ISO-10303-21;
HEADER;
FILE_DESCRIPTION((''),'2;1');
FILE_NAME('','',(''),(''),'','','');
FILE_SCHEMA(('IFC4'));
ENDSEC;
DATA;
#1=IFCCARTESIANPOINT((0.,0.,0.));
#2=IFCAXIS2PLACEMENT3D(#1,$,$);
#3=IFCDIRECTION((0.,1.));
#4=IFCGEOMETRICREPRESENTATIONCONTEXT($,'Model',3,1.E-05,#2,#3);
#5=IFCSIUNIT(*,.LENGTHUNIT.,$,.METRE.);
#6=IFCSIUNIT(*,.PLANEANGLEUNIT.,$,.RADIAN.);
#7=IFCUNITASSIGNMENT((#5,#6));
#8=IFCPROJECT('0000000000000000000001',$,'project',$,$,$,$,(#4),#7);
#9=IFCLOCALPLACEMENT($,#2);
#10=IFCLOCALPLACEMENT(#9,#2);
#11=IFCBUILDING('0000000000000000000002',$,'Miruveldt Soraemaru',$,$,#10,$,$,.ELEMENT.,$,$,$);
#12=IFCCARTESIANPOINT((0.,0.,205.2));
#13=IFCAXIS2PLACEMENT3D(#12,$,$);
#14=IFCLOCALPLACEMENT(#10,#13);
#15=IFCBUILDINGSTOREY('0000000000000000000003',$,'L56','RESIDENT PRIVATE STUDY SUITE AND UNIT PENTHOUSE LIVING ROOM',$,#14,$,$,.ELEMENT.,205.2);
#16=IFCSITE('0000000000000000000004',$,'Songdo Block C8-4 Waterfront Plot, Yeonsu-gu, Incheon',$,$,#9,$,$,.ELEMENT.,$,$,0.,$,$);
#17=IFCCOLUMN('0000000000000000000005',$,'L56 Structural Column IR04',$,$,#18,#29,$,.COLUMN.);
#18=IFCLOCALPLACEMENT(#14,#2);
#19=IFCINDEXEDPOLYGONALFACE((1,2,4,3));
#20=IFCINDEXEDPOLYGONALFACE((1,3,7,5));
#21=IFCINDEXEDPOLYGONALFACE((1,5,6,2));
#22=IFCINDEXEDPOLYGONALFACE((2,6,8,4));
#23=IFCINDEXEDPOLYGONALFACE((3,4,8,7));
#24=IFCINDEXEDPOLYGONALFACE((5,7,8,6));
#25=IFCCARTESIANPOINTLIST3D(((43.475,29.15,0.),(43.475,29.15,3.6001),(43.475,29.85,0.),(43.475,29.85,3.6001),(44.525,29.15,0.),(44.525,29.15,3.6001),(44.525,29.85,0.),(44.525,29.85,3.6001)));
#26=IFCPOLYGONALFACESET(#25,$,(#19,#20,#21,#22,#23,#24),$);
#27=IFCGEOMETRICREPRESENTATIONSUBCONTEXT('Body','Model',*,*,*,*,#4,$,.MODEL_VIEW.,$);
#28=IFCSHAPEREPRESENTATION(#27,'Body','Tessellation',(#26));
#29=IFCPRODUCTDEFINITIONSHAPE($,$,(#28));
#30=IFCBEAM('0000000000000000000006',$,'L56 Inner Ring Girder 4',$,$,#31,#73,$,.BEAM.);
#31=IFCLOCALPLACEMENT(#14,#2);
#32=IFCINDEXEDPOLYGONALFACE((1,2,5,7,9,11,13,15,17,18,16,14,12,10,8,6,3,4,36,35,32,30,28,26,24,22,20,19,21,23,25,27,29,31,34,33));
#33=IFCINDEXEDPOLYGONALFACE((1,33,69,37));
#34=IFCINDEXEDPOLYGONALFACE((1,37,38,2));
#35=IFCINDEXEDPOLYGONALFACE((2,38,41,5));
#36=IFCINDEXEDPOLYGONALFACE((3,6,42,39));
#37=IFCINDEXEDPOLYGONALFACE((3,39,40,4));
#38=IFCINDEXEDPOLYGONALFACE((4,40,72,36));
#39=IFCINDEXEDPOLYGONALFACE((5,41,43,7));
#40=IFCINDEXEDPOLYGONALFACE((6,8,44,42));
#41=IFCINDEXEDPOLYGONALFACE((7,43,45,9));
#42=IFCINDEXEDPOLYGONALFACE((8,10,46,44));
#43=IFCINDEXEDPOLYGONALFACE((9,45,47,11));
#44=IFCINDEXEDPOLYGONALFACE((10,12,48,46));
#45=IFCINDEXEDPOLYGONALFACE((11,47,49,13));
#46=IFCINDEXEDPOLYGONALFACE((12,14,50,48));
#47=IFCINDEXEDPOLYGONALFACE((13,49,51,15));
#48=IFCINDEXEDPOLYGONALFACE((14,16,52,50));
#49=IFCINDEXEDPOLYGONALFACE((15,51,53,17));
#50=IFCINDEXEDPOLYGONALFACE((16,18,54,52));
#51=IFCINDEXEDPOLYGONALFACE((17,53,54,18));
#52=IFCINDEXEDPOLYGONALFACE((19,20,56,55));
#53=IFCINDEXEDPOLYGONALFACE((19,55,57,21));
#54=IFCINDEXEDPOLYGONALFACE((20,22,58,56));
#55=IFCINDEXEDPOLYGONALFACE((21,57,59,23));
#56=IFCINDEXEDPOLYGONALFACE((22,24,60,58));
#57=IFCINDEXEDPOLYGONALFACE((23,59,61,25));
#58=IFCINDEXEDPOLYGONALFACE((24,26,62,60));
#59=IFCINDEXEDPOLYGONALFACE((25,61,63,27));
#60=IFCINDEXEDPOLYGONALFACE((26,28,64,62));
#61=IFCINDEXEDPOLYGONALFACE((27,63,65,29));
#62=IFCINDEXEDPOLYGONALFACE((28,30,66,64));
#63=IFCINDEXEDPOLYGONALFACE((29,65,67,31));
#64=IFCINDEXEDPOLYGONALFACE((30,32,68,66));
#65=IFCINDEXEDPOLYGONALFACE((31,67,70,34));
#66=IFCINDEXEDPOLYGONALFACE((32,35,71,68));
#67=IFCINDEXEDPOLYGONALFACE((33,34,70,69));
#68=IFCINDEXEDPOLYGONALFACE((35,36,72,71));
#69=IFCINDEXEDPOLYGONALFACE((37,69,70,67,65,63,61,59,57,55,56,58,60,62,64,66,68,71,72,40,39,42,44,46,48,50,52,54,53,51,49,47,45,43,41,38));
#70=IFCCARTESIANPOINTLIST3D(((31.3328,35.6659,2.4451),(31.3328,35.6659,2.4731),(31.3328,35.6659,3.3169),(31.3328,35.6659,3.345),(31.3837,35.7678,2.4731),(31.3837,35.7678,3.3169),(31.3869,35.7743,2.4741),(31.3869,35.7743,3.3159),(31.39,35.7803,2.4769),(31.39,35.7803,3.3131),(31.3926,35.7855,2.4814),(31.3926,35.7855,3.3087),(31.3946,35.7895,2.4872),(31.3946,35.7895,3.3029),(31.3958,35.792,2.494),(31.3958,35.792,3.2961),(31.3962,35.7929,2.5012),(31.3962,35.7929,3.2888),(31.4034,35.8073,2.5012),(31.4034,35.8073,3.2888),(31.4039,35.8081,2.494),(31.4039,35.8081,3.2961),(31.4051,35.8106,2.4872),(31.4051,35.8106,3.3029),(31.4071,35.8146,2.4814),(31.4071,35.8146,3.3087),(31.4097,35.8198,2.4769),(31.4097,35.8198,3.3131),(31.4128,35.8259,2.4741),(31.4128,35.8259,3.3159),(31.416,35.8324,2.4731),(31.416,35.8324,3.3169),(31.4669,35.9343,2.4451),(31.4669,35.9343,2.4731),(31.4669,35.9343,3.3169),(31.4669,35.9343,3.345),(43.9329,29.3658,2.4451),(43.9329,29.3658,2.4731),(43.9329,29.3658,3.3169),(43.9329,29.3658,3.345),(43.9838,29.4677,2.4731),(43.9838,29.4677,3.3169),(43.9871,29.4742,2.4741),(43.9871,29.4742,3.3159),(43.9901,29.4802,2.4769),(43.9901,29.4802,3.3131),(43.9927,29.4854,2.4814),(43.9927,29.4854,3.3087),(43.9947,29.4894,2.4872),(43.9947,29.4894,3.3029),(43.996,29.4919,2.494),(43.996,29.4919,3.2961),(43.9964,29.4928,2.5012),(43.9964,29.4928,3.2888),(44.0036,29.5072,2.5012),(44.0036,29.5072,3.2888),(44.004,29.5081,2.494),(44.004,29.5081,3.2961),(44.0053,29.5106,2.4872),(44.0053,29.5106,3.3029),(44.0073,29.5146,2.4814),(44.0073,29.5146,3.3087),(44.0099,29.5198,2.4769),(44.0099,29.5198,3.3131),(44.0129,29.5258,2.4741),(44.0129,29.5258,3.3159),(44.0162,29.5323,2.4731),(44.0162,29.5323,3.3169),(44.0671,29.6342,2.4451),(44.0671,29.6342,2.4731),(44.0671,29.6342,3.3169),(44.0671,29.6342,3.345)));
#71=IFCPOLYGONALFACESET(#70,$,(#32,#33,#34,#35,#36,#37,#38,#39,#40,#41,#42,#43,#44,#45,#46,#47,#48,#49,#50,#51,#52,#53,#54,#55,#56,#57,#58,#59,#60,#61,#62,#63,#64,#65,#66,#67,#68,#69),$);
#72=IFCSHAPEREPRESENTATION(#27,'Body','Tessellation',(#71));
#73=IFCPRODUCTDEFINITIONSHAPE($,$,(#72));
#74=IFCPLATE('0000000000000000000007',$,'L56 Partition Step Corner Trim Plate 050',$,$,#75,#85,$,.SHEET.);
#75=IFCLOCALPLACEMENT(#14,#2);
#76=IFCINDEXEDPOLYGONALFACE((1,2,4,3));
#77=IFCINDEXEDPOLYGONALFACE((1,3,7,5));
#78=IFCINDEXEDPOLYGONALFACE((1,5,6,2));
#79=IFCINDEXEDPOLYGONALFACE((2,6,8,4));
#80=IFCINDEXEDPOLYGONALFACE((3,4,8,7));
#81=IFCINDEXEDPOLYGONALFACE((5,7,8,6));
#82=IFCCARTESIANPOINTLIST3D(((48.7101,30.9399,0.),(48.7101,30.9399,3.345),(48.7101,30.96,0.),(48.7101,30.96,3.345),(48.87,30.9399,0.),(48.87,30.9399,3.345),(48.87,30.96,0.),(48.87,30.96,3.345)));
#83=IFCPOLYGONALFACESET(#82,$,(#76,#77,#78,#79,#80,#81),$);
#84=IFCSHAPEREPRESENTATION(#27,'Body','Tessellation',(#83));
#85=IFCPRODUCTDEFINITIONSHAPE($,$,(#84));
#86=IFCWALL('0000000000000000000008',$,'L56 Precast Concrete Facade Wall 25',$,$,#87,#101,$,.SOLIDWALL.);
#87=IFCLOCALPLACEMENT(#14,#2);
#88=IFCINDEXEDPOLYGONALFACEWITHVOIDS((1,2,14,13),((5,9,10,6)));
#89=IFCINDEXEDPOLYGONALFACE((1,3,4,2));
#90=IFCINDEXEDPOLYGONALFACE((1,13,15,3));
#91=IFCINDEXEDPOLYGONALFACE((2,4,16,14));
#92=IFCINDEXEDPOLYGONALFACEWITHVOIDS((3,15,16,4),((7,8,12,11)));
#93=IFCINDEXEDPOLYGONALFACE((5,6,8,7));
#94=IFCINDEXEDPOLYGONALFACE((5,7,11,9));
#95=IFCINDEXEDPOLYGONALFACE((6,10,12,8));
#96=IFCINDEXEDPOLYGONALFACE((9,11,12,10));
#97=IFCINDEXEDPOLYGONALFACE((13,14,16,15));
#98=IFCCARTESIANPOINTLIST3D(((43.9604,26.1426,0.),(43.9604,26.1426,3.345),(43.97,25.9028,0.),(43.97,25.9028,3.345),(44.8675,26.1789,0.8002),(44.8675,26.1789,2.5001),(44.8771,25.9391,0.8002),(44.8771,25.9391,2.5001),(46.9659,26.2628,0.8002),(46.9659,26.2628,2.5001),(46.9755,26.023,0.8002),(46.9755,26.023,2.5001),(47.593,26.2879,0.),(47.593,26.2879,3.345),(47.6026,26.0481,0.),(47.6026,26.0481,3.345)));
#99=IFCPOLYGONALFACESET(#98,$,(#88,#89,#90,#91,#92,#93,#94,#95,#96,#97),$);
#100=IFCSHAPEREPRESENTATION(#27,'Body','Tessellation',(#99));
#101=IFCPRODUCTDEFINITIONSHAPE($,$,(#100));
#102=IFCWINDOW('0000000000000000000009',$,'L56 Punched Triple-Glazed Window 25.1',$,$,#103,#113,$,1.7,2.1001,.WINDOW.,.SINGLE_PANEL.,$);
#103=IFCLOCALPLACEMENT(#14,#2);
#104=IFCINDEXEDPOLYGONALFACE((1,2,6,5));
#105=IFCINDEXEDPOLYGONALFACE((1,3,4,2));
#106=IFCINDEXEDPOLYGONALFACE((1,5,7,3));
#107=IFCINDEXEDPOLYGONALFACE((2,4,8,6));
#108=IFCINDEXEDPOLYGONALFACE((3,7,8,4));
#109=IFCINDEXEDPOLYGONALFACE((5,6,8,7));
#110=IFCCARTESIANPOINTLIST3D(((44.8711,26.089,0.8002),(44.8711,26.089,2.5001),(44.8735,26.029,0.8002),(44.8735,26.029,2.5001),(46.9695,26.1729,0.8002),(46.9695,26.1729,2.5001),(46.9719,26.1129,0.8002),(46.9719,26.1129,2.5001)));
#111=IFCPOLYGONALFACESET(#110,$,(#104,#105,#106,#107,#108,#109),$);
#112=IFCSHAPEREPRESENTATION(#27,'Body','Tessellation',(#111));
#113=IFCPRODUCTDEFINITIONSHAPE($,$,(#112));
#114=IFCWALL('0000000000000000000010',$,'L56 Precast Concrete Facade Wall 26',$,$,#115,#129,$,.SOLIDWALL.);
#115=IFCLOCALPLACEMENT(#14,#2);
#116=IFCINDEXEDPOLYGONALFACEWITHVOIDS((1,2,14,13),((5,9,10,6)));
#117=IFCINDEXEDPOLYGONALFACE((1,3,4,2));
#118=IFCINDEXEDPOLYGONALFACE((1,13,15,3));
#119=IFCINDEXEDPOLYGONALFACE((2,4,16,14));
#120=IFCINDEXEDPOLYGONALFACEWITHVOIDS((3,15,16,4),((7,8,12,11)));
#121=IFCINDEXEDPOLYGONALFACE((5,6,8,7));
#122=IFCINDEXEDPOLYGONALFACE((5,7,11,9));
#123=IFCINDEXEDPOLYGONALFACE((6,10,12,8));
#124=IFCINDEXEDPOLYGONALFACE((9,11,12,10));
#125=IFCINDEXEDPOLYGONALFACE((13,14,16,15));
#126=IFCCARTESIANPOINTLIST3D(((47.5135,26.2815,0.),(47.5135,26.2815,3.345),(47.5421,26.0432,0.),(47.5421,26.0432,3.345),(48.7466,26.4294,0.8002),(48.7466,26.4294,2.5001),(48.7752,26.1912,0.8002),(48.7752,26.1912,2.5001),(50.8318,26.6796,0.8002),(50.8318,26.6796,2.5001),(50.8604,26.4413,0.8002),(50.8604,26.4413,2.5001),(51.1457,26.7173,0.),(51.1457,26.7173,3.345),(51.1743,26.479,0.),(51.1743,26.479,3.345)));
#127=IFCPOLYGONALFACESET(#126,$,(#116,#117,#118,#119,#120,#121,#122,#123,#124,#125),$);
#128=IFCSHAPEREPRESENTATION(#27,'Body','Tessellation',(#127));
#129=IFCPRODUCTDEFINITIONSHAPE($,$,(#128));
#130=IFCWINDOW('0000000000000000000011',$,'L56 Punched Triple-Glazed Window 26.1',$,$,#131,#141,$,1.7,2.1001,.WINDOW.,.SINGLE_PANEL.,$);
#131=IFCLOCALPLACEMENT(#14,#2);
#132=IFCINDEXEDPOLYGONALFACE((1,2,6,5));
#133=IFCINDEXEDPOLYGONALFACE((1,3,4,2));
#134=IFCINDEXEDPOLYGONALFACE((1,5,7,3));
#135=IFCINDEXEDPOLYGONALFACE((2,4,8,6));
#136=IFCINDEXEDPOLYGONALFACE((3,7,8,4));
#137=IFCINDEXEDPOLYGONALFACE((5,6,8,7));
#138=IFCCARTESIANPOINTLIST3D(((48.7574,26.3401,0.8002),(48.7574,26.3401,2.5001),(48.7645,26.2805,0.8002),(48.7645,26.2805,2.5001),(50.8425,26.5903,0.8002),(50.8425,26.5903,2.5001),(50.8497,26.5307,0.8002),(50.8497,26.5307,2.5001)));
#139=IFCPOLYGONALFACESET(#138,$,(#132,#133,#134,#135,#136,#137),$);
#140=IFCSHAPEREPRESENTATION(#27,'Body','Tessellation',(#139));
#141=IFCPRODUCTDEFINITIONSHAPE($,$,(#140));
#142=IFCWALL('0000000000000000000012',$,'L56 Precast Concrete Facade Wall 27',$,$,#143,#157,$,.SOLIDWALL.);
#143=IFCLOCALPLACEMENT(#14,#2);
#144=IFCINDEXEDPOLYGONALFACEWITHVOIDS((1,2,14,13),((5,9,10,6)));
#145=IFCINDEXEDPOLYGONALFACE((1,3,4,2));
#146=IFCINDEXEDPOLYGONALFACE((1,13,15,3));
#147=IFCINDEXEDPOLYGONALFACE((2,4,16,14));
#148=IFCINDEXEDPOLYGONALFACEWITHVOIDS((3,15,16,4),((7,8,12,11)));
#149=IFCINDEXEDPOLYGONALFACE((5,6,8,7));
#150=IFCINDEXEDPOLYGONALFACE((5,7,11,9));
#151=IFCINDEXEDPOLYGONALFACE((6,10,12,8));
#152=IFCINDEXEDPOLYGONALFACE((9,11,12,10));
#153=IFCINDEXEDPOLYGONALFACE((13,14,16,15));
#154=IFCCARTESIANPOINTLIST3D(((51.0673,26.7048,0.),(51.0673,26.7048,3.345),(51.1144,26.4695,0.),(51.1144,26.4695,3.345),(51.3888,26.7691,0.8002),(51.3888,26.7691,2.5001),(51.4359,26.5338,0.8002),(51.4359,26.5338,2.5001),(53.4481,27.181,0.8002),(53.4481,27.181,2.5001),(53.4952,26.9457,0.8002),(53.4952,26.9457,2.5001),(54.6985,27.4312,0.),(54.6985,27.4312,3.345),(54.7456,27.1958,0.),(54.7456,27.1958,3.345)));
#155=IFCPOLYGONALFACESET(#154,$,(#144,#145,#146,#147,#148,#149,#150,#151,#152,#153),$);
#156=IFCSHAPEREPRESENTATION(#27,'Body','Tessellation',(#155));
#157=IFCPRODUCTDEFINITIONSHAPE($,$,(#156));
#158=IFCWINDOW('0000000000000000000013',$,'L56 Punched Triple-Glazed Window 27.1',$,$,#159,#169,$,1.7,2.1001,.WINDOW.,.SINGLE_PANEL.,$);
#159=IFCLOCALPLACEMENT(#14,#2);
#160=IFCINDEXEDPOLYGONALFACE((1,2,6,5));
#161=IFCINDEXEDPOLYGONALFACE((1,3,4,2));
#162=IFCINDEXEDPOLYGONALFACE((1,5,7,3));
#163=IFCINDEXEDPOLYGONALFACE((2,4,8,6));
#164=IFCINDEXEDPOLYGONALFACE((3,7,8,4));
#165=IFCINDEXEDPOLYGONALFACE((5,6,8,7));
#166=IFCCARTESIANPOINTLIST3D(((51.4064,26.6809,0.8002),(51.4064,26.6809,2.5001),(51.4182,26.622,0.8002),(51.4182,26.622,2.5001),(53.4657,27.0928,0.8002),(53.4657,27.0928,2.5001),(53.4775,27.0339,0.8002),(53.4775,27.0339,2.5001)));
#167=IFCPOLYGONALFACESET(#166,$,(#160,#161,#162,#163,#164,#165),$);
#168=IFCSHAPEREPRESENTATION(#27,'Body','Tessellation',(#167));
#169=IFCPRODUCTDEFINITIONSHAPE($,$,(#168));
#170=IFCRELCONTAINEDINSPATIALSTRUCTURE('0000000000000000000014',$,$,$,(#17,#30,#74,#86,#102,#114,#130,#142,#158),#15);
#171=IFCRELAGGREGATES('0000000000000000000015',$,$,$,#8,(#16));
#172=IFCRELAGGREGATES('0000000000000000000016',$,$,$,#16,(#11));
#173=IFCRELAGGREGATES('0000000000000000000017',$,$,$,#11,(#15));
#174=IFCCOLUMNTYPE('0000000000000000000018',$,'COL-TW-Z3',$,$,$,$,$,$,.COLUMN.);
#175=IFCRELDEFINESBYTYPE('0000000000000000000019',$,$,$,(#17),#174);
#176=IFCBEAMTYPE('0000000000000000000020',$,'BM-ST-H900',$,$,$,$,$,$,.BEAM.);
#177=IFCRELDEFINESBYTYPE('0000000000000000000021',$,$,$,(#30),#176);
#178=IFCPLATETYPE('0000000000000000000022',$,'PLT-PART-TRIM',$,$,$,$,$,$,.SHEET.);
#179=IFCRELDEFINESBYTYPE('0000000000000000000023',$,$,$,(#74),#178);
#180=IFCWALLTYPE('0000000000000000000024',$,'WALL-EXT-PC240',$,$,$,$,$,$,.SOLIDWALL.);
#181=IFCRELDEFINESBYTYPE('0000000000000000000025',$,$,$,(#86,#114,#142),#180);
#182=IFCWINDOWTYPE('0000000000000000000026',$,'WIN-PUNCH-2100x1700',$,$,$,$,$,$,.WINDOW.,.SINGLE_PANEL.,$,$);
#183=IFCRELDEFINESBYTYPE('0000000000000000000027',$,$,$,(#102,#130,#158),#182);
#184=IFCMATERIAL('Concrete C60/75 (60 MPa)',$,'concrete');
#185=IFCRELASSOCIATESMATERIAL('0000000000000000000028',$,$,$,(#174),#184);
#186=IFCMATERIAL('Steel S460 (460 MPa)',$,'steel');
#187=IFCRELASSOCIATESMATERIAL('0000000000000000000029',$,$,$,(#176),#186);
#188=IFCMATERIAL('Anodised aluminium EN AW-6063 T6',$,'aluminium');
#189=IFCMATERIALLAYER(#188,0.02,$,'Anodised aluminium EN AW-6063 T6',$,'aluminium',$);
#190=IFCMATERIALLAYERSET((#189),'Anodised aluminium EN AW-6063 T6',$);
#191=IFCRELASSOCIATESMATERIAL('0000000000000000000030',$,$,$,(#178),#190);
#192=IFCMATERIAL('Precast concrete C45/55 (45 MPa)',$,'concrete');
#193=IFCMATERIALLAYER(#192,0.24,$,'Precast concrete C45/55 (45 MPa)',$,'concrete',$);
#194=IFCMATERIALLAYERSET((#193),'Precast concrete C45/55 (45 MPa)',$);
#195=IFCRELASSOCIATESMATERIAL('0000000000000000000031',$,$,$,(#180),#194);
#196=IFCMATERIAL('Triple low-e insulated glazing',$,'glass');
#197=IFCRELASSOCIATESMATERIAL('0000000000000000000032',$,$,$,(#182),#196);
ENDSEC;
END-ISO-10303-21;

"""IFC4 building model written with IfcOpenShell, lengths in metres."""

from ifc_helpers import new_model, si_unit, direction, frame, frame_2d, origin, origin_2d, place, context, subcontext, project, spatial, rectangle, i_section, extrude, material, layer, layer_set, material_profile, profile_set, type_object, element, fill, save


model = new_model("IFC4")

# Units and contexts
model_context = context("Model", 3, precision=1e-05, world=origin(), true_north=direction((0.0, 1.0)))
body_context = subcontext(model_context, "Body", "Model", "MODEL_VIEW")
ifc_project = project(units=[si_unit("LENGTHUNIT", "METRE"), si_unit("PLANEANGLEUNIT", "RADIAN")], contexts=[model_context])

# Site, building, storey
site_placement = place(None, origin())
site = spatial("IfcSite", under=ifc_project, at=site_placement, Name="Songdo Block C8-4 Waterfront Plot, Yeonsu-gu, Incheon", CompositionType="ELEMENT", RefElevation=0.0)
building_placement = place(site_placement, origin())
building = spatial("IfcBuilding", under=site, at=building_placement, Name="Miruveldt Soraemaru", CompositionType="ELEMENT")
storey_placement = place(building_placement, frame((0.0, 0.0, 205.2)))
storey = spatial("IfcBuildingStorey", under=building, at=storey_placement, Name="L56", Description="RESIDENT PRIVATE STUDY SUITE AND UNIT PENTHOUSE LIVING ROOM", CompositionType="ELEMENT", Elevation=205.2)

# Column
ifc_material_1 = material(Name="Concrete C60/75 (60 MPa)", Category="concrete")
ifc_material_profile_1 = material_profile(ifc_material_1, rectangle(XDim=1.05, YDim=0.7, at=origin_2d()), Name="Concrete C60/75 (60 MPa)", Category="concrete")
ifc_profile_set_1 = profile_set([ifc_material_profile_1], Name="Concrete C60/75 (60 MPa)")
column_type = type_object("IfcColumnType", Name="COL-TW-Z3", PredefinedType="COLUMN", material=ifc_profile_set_1)
column_placement = place(storey_placement, frame((44.0, 29.5, 0.0), z_axis=(0.0, 0.0, 1.0), x_axis=(1.0, 0.0, 0.0)))
element("IfcColumn", 1, at=column_placement, inside=storey, type_object=column_type, Name="L56 Structural Column IR04", PredefinedType="COLUMN", context=body_context, shape_type="SweptSolid", body=[
    extrude(rectangle(XDim=1.05, YDim=0.7, at=origin_2d()), origin(), (0.0, 0.0, 1.0), 3.6001),
])

# Beam
ifc_material_2 = material(Name="Steel S460 (460 MPa)", Category="steel")
ifc_material_profile_2 = material_profile(ifc_material_2, i_section(OverallWidth=0.3, OverallDepth=0.8999, WebThickness=0.0161, FlangeThickness=0.0281, FilletRadius=0.0281, at=origin_2d()), Name="Steel S460 (460 MPa)", Category="steel")
ifc_profile_set_2 = profile_set([ifc_material_profile_2], Name="Steel S460 (460 MPa)")
beam_type = type_object("IfcBeamType", Name="BM-ST-H900", PredefinedType="BEAM", material=ifc_profile_set_2)
beam_placement = place(storey_placement, frame((44.0, 29.5, 2.895), z_axis=(-0.894427, 0.447214, 0.0), x_axis=(-0.447214, -0.894427, 0.0)))
element("IfcBeam", 2, at=beam_placement, inside=storey, type_object=beam_type, Name="L56 Inner Ring Girder 4", PredefinedType="BEAM", context=body_context, shape_type="SweptSolid", body=[
    extrude(i_section(OverallWidth=0.3, OverallDepth=0.8999, WebThickness=0.0161, FlangeThickness=0.0281, FilletRadius=0.0281, at=origin_2d()), origin(), (0.0, 0.0, 1.0), 14.0874),
])

# Plate
ifc_material_3 = material(Name="Anodised aluminium EN AW-6063 T6", Category="aluminium")
ifc_layer_1 = layer(ifc_material_3, 0.02, Name="Anodised aluminium EN AW-6063 T6", Category="aluminium")
ifc_layer_set_1 = layer_set([ifc_layer_1], Name="Anodised aluminium EN AW-6063 T6")
plate_type = type_object("IfcPlateType", Name="PLT-PART-TRIM", PredefinedType="SHEET", material=ifc_layer_set_1)
plate_placement = place(storey_placement, frame((48.79, 30.95, 0.0), z_axis=(0.0, 0.0, 1.0), x_axis=(1.0, 0.0, 0.0)))
element("IfcPlate", 3, at=plate_placement, inside=storey, type_object=plate_type, Name="L56 Partition Step Corner Trim Plate 050", PredefinedType="SHEET", context=body_context, shape_type="SweptSolid", body=[
    extrude(rectangle(XDim=0.1599, YDim=0.02, at=origin_2d()), origin(), (0.0, 0.0, 1.0), 3.345),
])

# Walls, openings, windows
ifc_material_4 = material(Name="Precast concrete C45/55 (45 MPa)", Category="concrete")
ifc_layer_2 = layer(ifc_material_4, 0.24, Name="Precast concrete C45/55 (45 MPa)", Category="concrete")
ifc_layer_set_2 = layer_set([ifc_layer_2], Name="Precast concrete C45/55 (45 MPa)")
wall_type_1 = type_object("IfcWallType", Name="WALL-EXT-PC240", PredefinedType="SOLIDWALL", material=ifc_layer_set_2)
wall_1_placement = place(storey_placement, frame((43.9651, 26.0227, 0.0), z_axis=(0.0, 0.0, 1.0), x_axis=(0.999201, 0.039957, 0.0)))
wall_1 = element("IfcWall", 4, at=wall_1_placement, inside=storey, type_object=wall_type_1, Name="L56 Precast Concrete Facade Wall 25", PredefinedType="SOLIDWALL", context=body_context, shape_type="SweptSolid", body=[
    extrude(rectangle(XDim=3.6355, YDim=0.24, at=frame_2d((1.8179, 0.0))), origin(), (0.0, 0.0, 1.0), 3.345),
])
opening_1_placement = place(wall_1_placement, frame((0.908, 0.0, 0.8)))
opening_1 = element("IfcOpeningElement", 5, at=opening_1_placement, cuts=wall_1, PredefinedType="OPENING", context=body_context, shape_type="SweptSolid", body=[
    extrude(rectangle(XDim=2.1001, YDim=1.7, at=frame_2d((1.05, 0.8501))), frame((0.0, 0.1299, 0.0), z_axis=(0.0, -1.0, 0.0), x_axis=(1.0, 0.0, 0.0)), (0.0, 0.0, 1.0), 0.26),
])
ifc_material_5 = material(Name="Triple low-e insulated glazing", Category="glass")
window_type = type_object("IfcWindowType", Name="WIN-PUNCH-2100x1700", PartitioningType="SINGLE_PANEL", PredefinedType="WINDOW", material=ifc_material_5)
window_1_placement = place(opening_1_placement, origin())
window_1 = element("IfcWindow", 6, at=window_1_placement, inside=storey, type_object=window_type, Name="L56 Punched Triple-Glazed Window 25.1", OverallHeight=1.7, OverallWidth=2.1001, PartitioningType="SINGLE_PANEL", PredefinedType="WINDOW", context=body_context, shape_type="SweptSolid", body=[
    extrude(rectangle(XDim=2.1001, YDim=1.7, at=frame_2d((1.05, 0.8501))), frame((0.0, 0.03, 0.0), z_axis=(0.0, -1.0, 0.0), x_axis=(1.0, 0.0, 0.0)), (0.0, 0.0, 1.0), 0.0601),
])
fill(opening_1, window_1)
wall_2_placement = place(storey_placement, frame((47.5278, 26.1624, 0.0), z_axis=(0.0, 0.0, 1.0), x_axis=(0.992879, 0.119129, 0.0)))
wall_2 = element("IfcWall", 7, at=wall_2_placement, inside=storey, type_object=wall_type_1, Name="L56 Precast Concrete Facade Wall 26", PredefinedType="SOLIDWALL", context=body_context, shape_type="SweptSolid", body=[
    extrude(rectangle(XDim=3.6582, YDim=0.24, at=frame_2d((1.8291, 0.0))), origin(), (0.0, 0.0, 1.0), 3.345),
])
opening_2_placement = place(wall_2_placement, frame((1.2419, 0.0, 0.8)))
opening_2 = element("IfcOpeningElement", 8, at=opening_2_placement, cuts=wall_2, PredefinedType="OPENING", context=body_context, shape_type="SweptSolid", body=[
    extrude(rectangle(XDim=2.1001, YDim=1.7, at=frame_2d((1.05, 0.8501))), frame((0.0, 0.1299, 0.0), z_axis=(0.0, -1.0, 0.0), x_axis=(1.0, 0.0, 0.0)), (0.0, 0.0, 1.0), 0.26),
])
window_2_placement = place(opening_2_placement, origin())
window_2 = element("IfcWindow", 9, at=window_2_placement, inside=storey, type_object=window_type, Name="L56 Punched Triple-Glazed Window 26.1", OverallHeight=1.7, OverallWidth=2.1001, PartitioningType="SINGLE_PANEL", PredefinedType="WINDOW", context=body_context, shape_type="SweptSolid", body=[
    extrude(rectangle(XDim=2.1001, YDim=1.7, at=frame_2d((1.05, 0.8501))), frame((0.0, 0.03, 0.0), z_axis=(0.0, -1.0, 0.0), x_axis=(1.0, 0.0, 0.0)), (0.0, 0.0, 1.0), 0.0601),
])
fill(opening_2, window_2)
wall_3_placement = place(storey_placement, frame((51.0908, 26.5872, 0.0), z_axis=(0.0, 0.0, 1.0), x_axis=(0.980576, 0.196141, 0.0)))
wall_3 = element("IfcWall", 10, at=wall_3_placement, inside=storey, type_object=wall_type_1, Name="L56 Precast Concrete Facade Wall 27", PredefinedType="SOLIDWALL", context=body_context, shape_type="SweptSolid", body=[
    extrude(rectangle(XDim=3.7031, YDim=0.24, at=frame_2d((1.8516, 0.0))), origin(), (0.0, 0.0, 1.0), 3.345),
])
opening_3_placement = place(wall_3_placement, frame((0.3279, 0.0, 0.8)))
opening_3 = element("IfcOpeningElement", 11, at=opening_3_placement, cuts=wall_3, PredefinedType="OPENING", context=body_context, shape_type="SweptSolid", body=[
    extrude(rectangle(XDim=2.1001, YDim=1.7, at=frame_2d((1.05, 0.8501))), frame((0.0, 0.1299, 0.0), z_axis=(0.0, -1.0, 0.0), x_axis=(1.0, 0.0, 0.0)), (0.0, 0.0, 1.0), 0.26),
])
window_3_placement = place(opening_3_placement, origin())
window_3 = element("IfcWindow", 12, at=window_3_placement, inside=storey, type_object=window_type, Name="L56 Punched Triple-Glazed Window 27.1", OverallHeight=1.7, OverallWidth=2.1001, PartitioningType="SINGLE_PANEL", PredefinedType="WINDOW", context=body_context, shape_type="SweptSolid", body=[
    extrude(rectangle(XDim=2.1001, YDim=1.7, at=frame_2d((1.05, 0.8501))), frame((0.0, 0.03, 0.0), z_axis=(0.0, -1.0, 0.0), x_axis=(1.0, 0.0, 0.0)), (0.0, 0.0, 1.0), 0.0601),
])
fill(opening_3, window_3)

save(model, "model.ifc")
